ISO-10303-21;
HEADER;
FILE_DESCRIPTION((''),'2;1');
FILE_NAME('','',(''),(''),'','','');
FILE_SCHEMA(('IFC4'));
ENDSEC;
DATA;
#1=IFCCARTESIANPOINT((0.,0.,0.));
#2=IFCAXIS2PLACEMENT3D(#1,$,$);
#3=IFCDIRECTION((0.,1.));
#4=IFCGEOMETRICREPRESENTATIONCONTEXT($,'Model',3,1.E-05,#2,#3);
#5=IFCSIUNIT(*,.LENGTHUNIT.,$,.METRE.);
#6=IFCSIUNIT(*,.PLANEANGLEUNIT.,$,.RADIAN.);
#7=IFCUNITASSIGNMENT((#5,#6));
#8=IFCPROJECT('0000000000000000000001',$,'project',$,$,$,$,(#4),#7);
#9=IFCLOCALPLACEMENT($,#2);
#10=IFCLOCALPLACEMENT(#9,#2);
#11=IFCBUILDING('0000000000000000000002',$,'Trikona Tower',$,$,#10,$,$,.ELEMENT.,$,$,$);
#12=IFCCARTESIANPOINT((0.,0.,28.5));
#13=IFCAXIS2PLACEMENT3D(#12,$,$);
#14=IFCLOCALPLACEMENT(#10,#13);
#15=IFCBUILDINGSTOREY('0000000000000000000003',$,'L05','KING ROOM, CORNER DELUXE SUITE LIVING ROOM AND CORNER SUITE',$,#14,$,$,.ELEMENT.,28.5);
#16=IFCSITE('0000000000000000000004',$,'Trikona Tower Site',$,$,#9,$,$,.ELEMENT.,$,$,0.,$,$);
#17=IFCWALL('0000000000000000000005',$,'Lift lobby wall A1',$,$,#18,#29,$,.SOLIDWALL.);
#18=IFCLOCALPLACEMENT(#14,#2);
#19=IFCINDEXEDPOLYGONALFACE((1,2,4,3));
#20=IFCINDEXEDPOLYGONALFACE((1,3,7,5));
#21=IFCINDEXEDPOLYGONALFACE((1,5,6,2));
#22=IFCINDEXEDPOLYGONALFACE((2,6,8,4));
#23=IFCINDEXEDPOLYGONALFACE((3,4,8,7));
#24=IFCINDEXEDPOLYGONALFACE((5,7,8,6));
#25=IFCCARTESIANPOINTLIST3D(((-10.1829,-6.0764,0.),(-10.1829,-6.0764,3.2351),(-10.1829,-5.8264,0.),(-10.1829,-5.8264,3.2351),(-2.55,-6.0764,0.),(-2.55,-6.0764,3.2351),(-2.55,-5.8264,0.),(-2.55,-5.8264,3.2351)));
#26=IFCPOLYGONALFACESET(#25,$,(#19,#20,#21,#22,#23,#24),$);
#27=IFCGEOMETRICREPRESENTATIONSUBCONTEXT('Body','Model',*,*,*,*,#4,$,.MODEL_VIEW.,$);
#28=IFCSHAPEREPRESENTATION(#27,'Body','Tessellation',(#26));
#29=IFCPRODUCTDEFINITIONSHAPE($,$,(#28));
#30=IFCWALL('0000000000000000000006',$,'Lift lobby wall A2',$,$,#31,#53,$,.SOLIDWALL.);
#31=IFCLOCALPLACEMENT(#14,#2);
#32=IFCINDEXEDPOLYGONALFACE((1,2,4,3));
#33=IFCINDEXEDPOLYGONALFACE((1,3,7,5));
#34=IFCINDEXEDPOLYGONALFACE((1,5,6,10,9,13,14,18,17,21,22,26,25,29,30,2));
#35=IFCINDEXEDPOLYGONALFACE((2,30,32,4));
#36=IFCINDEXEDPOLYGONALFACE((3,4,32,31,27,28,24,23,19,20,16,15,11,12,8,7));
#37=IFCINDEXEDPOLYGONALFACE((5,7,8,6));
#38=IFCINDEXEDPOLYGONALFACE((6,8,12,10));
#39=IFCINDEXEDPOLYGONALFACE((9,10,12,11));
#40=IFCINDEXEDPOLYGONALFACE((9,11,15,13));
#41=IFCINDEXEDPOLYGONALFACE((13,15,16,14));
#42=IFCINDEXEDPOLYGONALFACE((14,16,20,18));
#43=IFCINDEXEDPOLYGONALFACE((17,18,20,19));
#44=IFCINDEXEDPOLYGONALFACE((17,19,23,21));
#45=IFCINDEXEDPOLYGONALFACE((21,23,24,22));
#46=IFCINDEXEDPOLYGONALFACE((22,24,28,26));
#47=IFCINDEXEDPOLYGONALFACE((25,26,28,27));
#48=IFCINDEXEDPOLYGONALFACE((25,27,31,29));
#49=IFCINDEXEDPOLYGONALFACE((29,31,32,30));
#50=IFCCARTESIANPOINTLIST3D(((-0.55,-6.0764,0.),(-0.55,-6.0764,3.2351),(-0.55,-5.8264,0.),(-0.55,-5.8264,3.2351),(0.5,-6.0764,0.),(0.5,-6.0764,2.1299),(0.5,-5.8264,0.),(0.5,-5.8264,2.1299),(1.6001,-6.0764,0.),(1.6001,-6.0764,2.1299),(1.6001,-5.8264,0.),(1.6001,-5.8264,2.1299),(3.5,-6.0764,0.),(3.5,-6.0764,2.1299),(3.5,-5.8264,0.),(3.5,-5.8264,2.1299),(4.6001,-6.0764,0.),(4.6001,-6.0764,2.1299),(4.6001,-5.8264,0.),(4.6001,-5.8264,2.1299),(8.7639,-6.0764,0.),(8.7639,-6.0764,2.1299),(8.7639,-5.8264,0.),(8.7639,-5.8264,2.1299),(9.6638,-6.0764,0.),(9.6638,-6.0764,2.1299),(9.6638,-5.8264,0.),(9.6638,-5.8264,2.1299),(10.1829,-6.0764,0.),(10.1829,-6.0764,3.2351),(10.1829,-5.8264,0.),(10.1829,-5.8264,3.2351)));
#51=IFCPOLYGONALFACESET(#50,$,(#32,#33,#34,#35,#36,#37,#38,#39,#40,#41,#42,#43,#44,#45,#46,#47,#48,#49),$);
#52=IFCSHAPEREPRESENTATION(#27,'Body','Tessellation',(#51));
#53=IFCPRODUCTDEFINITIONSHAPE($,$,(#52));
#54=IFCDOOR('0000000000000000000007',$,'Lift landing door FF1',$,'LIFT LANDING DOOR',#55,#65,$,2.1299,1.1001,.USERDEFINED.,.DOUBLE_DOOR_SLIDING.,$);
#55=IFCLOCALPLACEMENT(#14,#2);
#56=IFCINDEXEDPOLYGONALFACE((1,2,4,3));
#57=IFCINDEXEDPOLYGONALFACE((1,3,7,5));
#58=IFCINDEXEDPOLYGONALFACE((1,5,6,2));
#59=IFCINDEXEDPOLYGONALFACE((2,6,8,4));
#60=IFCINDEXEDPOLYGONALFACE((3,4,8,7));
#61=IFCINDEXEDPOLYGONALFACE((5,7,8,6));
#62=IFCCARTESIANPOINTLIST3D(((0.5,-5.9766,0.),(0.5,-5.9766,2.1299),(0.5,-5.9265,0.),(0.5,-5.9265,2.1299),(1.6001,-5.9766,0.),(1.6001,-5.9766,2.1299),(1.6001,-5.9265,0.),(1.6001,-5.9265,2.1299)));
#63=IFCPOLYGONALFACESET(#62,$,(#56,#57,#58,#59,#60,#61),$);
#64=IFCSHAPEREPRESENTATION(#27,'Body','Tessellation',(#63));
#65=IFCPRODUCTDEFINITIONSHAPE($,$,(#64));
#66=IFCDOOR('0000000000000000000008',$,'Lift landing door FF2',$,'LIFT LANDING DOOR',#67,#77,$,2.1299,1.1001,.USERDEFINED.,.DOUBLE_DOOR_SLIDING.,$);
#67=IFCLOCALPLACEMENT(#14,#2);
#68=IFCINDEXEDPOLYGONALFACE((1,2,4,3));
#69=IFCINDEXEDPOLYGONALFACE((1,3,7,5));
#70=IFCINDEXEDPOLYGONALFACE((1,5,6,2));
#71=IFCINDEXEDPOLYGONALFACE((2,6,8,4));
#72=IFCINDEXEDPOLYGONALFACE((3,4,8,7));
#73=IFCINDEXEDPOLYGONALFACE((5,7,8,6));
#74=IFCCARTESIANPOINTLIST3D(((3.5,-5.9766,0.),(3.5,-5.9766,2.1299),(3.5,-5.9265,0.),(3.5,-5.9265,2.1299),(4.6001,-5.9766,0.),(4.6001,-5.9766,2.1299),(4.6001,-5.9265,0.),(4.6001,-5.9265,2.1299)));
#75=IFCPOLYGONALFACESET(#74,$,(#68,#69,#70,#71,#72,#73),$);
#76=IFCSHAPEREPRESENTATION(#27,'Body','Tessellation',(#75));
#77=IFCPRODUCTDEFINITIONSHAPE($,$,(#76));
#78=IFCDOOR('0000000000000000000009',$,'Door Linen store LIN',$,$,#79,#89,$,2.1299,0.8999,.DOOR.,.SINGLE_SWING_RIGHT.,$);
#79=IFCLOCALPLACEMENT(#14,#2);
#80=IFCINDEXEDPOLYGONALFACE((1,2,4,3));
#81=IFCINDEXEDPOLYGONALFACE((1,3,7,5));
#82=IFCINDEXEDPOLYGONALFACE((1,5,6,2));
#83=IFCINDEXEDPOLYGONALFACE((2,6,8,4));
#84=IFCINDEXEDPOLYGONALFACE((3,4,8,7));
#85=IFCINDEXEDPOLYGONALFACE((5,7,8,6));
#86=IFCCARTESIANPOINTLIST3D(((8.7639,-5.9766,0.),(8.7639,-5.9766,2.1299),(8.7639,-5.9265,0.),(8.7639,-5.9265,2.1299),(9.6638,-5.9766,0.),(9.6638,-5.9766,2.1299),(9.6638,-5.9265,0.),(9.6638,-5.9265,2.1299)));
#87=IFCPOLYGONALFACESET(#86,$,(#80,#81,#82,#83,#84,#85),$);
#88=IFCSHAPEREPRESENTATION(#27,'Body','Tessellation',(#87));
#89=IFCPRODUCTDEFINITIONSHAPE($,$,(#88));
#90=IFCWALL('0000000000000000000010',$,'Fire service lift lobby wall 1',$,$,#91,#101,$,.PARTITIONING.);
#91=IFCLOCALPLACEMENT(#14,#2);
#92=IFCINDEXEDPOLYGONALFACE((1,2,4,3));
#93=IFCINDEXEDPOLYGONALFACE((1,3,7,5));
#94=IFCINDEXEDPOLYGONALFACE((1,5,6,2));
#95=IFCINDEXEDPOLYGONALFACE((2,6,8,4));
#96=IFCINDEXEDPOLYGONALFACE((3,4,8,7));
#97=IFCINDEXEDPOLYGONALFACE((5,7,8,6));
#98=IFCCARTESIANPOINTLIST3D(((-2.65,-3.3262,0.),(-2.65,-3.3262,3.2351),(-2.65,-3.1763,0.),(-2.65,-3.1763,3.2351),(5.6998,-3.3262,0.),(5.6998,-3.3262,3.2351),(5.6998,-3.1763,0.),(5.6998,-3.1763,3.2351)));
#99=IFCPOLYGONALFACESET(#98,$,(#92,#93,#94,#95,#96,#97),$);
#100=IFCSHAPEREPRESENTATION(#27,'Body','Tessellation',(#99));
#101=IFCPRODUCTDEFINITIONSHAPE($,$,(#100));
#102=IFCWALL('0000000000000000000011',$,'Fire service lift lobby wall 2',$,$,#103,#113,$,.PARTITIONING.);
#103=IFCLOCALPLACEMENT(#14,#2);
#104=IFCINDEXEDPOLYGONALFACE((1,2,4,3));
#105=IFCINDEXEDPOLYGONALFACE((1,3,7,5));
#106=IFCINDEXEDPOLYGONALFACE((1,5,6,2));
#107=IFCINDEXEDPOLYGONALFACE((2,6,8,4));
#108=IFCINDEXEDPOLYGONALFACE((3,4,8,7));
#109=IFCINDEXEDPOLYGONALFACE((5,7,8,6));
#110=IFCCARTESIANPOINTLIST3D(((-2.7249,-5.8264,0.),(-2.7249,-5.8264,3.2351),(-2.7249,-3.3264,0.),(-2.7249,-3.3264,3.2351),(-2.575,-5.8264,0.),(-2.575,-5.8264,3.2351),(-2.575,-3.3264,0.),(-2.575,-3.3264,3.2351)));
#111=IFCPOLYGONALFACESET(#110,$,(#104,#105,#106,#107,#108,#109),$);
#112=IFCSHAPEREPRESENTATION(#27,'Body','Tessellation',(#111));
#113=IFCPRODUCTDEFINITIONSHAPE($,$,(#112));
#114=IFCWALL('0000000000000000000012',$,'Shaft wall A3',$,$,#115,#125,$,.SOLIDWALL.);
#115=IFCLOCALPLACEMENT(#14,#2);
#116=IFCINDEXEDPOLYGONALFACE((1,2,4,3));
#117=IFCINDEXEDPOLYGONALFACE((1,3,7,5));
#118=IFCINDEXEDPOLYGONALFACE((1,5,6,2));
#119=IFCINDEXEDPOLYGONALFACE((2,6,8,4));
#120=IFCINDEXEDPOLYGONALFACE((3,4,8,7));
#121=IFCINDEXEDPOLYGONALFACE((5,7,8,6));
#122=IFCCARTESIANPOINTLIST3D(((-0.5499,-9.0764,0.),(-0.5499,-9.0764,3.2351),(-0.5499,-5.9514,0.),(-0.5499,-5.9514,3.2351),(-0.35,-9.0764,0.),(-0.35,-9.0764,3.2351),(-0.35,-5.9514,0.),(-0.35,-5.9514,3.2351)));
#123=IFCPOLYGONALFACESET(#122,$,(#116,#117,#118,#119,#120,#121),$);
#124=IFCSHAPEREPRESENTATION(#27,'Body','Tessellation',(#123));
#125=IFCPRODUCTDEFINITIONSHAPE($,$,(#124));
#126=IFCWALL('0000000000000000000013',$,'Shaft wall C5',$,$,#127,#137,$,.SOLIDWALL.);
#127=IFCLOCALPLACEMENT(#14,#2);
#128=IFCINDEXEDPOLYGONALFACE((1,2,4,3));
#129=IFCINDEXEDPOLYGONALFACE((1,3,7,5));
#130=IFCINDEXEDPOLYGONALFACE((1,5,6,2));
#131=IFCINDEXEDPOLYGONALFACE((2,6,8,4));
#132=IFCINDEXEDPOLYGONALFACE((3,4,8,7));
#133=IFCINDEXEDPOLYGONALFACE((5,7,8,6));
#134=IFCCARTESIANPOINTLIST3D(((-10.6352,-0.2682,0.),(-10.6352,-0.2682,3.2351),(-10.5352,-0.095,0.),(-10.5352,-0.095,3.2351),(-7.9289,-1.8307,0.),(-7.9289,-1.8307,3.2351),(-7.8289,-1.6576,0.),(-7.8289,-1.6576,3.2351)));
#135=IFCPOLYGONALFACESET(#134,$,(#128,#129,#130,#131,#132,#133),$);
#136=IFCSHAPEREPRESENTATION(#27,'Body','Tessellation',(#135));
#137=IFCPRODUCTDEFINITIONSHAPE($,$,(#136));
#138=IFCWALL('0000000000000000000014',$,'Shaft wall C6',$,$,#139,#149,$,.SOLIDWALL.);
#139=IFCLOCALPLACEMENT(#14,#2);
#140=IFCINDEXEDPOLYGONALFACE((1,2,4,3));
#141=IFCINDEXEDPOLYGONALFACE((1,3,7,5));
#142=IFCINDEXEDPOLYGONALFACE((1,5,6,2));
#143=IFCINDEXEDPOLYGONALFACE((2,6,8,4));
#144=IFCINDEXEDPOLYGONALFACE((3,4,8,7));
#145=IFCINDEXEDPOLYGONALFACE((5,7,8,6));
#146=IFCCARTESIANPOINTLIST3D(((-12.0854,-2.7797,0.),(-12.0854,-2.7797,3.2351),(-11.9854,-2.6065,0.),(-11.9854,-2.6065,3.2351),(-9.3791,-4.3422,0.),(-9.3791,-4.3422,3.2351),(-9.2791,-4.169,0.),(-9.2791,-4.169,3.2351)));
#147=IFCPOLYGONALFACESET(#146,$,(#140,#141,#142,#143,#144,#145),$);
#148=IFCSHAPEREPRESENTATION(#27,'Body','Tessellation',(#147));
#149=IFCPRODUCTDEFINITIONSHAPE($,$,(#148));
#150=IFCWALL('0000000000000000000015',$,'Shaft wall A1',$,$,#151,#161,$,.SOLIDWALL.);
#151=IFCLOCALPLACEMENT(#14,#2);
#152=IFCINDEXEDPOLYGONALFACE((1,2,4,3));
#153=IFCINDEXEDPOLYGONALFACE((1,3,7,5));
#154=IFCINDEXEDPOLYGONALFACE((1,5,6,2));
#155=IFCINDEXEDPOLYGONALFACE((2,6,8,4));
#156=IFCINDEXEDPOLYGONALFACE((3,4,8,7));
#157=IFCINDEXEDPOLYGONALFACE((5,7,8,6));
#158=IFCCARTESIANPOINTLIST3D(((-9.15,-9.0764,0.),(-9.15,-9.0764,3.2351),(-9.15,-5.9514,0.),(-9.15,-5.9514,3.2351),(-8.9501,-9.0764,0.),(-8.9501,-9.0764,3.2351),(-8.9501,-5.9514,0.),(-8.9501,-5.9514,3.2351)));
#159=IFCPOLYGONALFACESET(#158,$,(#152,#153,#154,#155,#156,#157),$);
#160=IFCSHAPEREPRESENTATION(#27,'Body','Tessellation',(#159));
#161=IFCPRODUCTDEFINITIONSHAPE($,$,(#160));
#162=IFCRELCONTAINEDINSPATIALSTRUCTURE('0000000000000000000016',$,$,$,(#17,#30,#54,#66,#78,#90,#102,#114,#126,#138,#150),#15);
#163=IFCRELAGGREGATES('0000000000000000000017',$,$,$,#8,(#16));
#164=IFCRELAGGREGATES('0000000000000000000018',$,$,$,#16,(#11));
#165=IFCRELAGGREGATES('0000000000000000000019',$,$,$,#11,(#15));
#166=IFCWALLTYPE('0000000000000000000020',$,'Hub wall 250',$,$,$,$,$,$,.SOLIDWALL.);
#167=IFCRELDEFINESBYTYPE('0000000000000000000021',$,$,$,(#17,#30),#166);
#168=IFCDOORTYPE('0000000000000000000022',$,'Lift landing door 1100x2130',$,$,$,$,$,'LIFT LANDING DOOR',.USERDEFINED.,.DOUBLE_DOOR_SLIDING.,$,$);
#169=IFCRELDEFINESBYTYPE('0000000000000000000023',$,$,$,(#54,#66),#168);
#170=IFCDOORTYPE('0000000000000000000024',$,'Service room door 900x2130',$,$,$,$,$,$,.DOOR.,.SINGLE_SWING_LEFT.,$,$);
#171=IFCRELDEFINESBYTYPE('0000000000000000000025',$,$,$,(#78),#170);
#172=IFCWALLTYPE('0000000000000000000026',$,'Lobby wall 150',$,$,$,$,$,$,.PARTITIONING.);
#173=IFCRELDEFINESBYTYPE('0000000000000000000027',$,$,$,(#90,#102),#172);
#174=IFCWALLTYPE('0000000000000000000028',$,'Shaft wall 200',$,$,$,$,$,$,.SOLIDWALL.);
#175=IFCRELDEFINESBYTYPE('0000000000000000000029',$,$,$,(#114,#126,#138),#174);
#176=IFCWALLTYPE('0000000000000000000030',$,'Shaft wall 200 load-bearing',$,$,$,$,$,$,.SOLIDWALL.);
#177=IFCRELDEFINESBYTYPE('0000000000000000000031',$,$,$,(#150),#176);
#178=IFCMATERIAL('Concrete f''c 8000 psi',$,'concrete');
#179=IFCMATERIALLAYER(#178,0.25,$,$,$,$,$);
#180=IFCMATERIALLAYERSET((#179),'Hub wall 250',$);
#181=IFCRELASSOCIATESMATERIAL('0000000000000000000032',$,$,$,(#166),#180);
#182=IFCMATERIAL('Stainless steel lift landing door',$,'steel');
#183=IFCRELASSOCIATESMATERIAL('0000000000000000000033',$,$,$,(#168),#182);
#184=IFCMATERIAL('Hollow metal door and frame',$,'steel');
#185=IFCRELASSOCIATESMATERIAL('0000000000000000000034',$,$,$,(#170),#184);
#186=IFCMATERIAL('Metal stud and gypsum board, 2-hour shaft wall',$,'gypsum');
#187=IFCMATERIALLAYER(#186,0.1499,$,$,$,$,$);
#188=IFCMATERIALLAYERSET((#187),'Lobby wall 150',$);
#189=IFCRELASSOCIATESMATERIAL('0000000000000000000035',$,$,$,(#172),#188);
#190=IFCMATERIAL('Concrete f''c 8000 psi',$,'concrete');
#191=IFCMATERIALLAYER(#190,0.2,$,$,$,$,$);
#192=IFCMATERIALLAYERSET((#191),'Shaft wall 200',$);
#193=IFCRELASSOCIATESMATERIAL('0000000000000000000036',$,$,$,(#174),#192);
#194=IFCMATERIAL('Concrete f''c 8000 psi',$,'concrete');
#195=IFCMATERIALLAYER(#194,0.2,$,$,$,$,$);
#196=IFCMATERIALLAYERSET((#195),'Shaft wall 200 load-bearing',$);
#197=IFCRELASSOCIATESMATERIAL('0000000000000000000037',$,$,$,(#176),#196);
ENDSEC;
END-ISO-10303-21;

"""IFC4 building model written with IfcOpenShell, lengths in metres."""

from ifc_helpers import new_model, si_unit, direction, frame, frame_2d, origin, place, context, subcontext, project, spatial, rectangle, extrude, material, layer, layer_set, type_object, element, fill, save


model = new_model("IFC4")

# Units and contexts
model_context = context("Model", 3, precision=1e-05, world=origin(), true_north=direction((0.0, 1.0)))
body_context = subcontext(model_context, "Body", "Model", "MODEL_VIEW")
ifc_project = project(units=[si_unit("LENGTHUNIT", "METRE"), si_unit("PLANEANGLEUNIT", "RADIAN")], contexts=[model_context])

# Site, building, storey
site_placement = place(None, origin())
site = spatial("IfcSite", under=ifc_project, at=site_placement, Name="Trikona Tower Site", CompositionType="ELEMENT", RefElevation=0.0)
building_placement = place(site_placement, origin())
building = spatial("IfcBuilding", under=site, at=building_placement, Name="Trikona Tower", CompositionType="ELEMENT")
storey_placement = place(building_placement, frame((0.0, 0.0, 28.5)))
storey = spatial("IfcBuildingStorey", under=building, at=storey_placement, Name="L05", Description="KING ROOM, CORNER DELUXE SUITE LIVING ROOM AND CORNER SUITE", CompositionType="ELEMENT", Elevation=28.5)

# Wall
ifc_material_1 = material(Name="Concrete f'c 8000 psi", Category="concrete")
ifc_layer_1 = layer(ifc_material_1, 0.25)
ifc_layer_set_1 = layer_set([ifc_layer_1], Name="Hub wall 250")
wall_type_1 = type_object("IfcWallType", Name="Hub wall 250", PredefinedType="SOLIDWALL", material=ifc_layer_set_1)
wall_1_placement = place(storey_placement, frame((-10.1829, -5.9514, 0.0), z_axis=(0.0, 0.0, 1.0), x_axis=(1.0, 0.0, 0.0)))
element("IfcWall", 1, at=wall_1_placement, inside=storey, type_object=wall_type_1, Name="Lift lobby wall A1", PredefinedType="SOLIDWALL", context=body_context, shape_type="SweptSolid", body=[
    extrude(rectangle(XDim=7.6328, YDim=0.25, at=frame_2d((3.8164, 0.0))), origin(), (0.0, 0.0, 1.0), 3.2351),
])

# Wall, openings, doors
wall_2_placement = place(storey_placement, frame((-0.55, -5.9514, 0.0), z_axis=(0.0, 0.0, 1.0), x_axis=(1.0, 0.0, 0.0)))
wall_2 = element("IfcWall", 2, at=wall_2_placement, inside=storey, type_object=wall_type_1, Name="Lift lobby wall A2", PredefinedType="SOLIDWALL", context=body_context, shape_type="SweptSolid", body=[
    extrude(rectangle(XDim=10.7329, YDim=0.25, at=frame_2d((5.3665, 0.0))), origin(), (0.0, 0.0, 1.0), 3.2351),
])
opening_1_placement = place(wall_2_placement, frame((9.314, 0.0, 0.0)))
opening_1 = element("IfcOpeningElement", 3, at=opening_1_placement, cuts=wall_2, PredefinedType="OPENING", context=body_context, shape_type="SweptSolid", body=[
    extrude(rectangle(XDim=0.8999, YDim=2.1299, at=frame_2d((0.45, 1.0649))), frame((0.0, 0.135, 0.0), z_axis=(0.0, -1.0, 0.0), x_axis=(1.0, 0.0, 0.0)), (0.0, 0.0, 1.0), 0.27),
])
opening_2_placement = place(wall_2_placement, frame((1.05, 0.0, 0.0)))
opening_2 = element("IfcOpeningElement", 4, at=opening_2_placement, cuts=wall_2, PredefinedType="OPENING", context=body_context, shape_type="SweptSolid", body=[
    extrude(rectangle(XDim=1.1001, YDim=2.1299, at=frame_2d((0.55, 1.0649))), frame((0.0, 0.135, 0.0), z_axis=(0.0, -1.0, 0.0), x_axis=(1.0, 0.0, 0.0)), (0.0, 0.0, 1.0), 0.27),
])
opening_3_placement = place(wall_2_placement, frame((4.05, 0.0, 0.0)))
opening_3 = element("IfcOpeningElement", 5, at=opening_3_placement, cuts=wall_2, PredefinedType="OPENING", context=body_context, shape_type="SweptSolid", body=[
    extrude(rectangle(XDim=1.1001, YDim=2.1299, at=frame_2d((0.55, 1.0649))), frame((0.0, 0.135, 0.0), z_axis=(0.0, -1.0, 0.0), x_axis=(1.0, 0.0, 0.0)), (0.0, 0.0, 1.0), 0.27),
])
ifc_material_2 = material(Name="Stainless steel lift landing door", Category="steel")
door_type_1 = type_object("IfcDoorType", Name="Lift landing door 1100x2130", ElementType="LIFT LANDING DOOR", OperationType="DOUBLE_DOOR_SLIDING", PredefinedType="USERDEFINED", material=ifc_material_2)
door_1_placement = place(opening_2_placement, origin())
door_1 = element("IfcDoor", 6, at=door_1_placement, inside=storey, type_object=door_type_1, Name="Lift landing door FF1", ObjectType="LIFT LANDING DOOR", OperationType="DOUBLE_DOOR_SLIDING", OverallHeight=2.1299, OverallWidth=1.1001, PredefinedType="USERDEFINED", context=body_context, shape_type="SweptSolid", body=[
    extrude(rectangle(XDim=1.1001, YDim=2.1299, at=frame_2d((0.55, 1.0649))), frame((0.0, 0.0249, 0.0), z_axis=(0.0, -1.0, 0.0), x_axis=(1.0, 0.0, 0.0)), (0.0, 0.0, 1.0), 0.05),
])
fill(opening_2, door_1)
door_2_placement = place(opening_3_placement, origin())
door_2 = element("IfcDoor", 7, at=door_2_placement, inside=storey, type_object=door_type_1, Name="Lift landing door FF2", ObjectType="LIFT LANDING DOOR", OperationType="DOUBLE_DOOR_SLIDING", OverallHeight=2.1299, OverallWidth=1.1001, PredefinedType="USERDEFINED", context=body_context, shape_type="SweptSolid", body=[
    extrude(rectangle(XDim=1.1001, YDim=2.1299, at=frame_2d((0.55, 1.0649))), frame((0.0, 0.0249, 0.0), z_axis=(0.0, -1.0, 0.0), x_axis=(1.0, 0.0, 0.0)), (0.0, 0.0, 1.0), 0.05),
])
fill(opening_3, door_2)
ifc_material_3 = material(Name="Hollow metal door and frame", Category="steel")
door_type_2 = type_object("IfcDoorType", Name="Service room door 900x2130", OperationType="SINGLE_SWING_LEFT", PredefinedType="DOOR", material=ifc_material_3)
door_3_placement = place(opening_1_placement, origin())
door_3 = element("IfcDoor", 8, at=door_3_placement, inside=storey, type_object=door_type_2, Name="Door Linen store LIN", OperationType="SINGLE_SWING_RIGHT", OverallHeight=2.1299, OverallWidth=0.8999, PredefinedType="DOOR", context=body_context, shape_type="SweptSolid", body=[
    extrude(rectangle(XDim=0.8999, YDim=2.1299, at=frame_2d((0.45, 1.0649))), frame((0.0, 0.0249, 0.0), z_axis=(0.0, -1.0, 0.0), x_axis=(1.0, 0.0, 0.0)), (0.0, 0.0, 1.0), 0.05),
])
fill(opening_1, door_3)

# Walls
ifc_material_4 = material(Name="Metal stud and gypsum board, 2-hour shaft wall", Category="gypsum")
ifc_layer_2 = layer(ifc_material_4, 0.1499)
ifc_layer_set_2 = layer_set([ifc_layer_2], Name="Lobby wall 150")
wall_type_2 = type_object("IfcWallType", Name="Lobby wall 150", PredefinedType="PARTITIONING", material=ifc_layer_set_2)
wall_3_placement = place(storey_placement, frame((-2.6499, -3.2512, 0.0), z_axis=(0.0, 0.0, 1.0), x_axis=(1.0, 0.0, 0.0)))
element("IfcWall", 9, at=wall_3_placement, inside=storey, type_object=wall_type_2, Name="Fire service lift lobby wall 1", PredefinedType="PARTITIONING", context=body_context, shape_type="SweptSolid", body=[
    extrude(rectangle(XDim=8.3499, YDim=0.1499, at=frame_2d((4.1748, 0.0))), origin(), (0.0, 0.0, 1.0), 3.2351),
])
wall_4_placement = place(storey_placement, frame((-2.6499, -5.8264, 0.0), z_axis=(0.0, 0.0, 1.0), x_axis=(0.0, 1.0, 0.0)))
element("IfcWall", 10, at=wall_4_placement, inside=storey, type_object=wall_type_2, Name="Fire service lift lobby wall 2", PredefinedType="PARTITIONING", context=body_context, shape_type="SweptSolid", body=[
    extrude(rectangle(XDim=2.5, YDim=0.1499, at=frame_2d((1.25, 0.0))), origin(), (0.0, 0.0, 1.0), 3.2351),
])
ifc_material_5 = material(Name="Concrete f'c 8000 psi", Category="concrete")
ifc_layer_3 = layer(ifc_material_5, 0.2)
ifc_layer_set_3 = layer_set([ifc_layer_3], Name="Shaft wall 200")
wall_type_3 = type_object("IfcWallType", Name="Shaft wall 200", PredefinedType="SOLIDWALL", material=ifc_layer_set_3)
for number, where, z_axis, x_axis, name in (
    (11, (-0.45, -5.9514, 0.0), (0.0, 0.0, 1.0), (0.0, -1.0, 0.0), "Shaft wall A3"),
    (12, (-7.8789, -1.7441, 0.0), (0.0, 0.0, 1.0), (-0.866023, 0.500004, 0.0), "Shaft wall C5"),
    (13, (-9.3291, -4.2556, 0.0), (0.0, 0.0, 1.0), (-0.866023, 0.500004, 0.0), "Shaft wall C6"),
):
    element("IfcWall", number, at=place(storey_placement, frame(where, z_axis=z_axis, x_axis=x_axis)), inside=storey, type_object=wall_type_3, Name=name, PredefinedType="SOLIDWALL", context=body_context, shape_type="SweptSolid", body=[
        extrude(rectangle(XDim=3.125, YDim=0.2, at=frame_2d((1.5625, 0.0))), origin(), (0.0, 0.0, 1.0), 3.2351),
    ])
ifc_material_6 = material(Name="Concrete f'c 8000 psi", Category="concrete")
ifc_layer_4 = layer(ifc_material_6, 0.2)
ifc_layer_set_4 = layer_set([ifc_layer_4], Name="Shaft wall 200 load-bearing")
wall_type_4 = type_object("IfcWallType", Name="Shaft wall 200 load-bearing", PredefinedType="SOLIDWALL", material=ifc_layer_set_4)
wall_5_placement = place(storey_placement, frame((-9.05, -5.9514, 0.0), z_axis=(0.0, 0.0, 1.0), x_axis=(0.0, -1.0, 0.0)))
element("IfcWall", 14, at=wall_5_placement, inside=storey, type_object=wall_type_4, Name="Shaft wall A1", PredefinedType="SOLIDWALL", context=body_context, shape_type="SweptSolid", body=[
    extrude(rectangle(XDim=3.125, YDim=0.2, at=frame_2d((1.5625, 0.0))), origin(), (0.0, 0.0, 1.0), 3.2351),
])

save(model, "model.ifc")
